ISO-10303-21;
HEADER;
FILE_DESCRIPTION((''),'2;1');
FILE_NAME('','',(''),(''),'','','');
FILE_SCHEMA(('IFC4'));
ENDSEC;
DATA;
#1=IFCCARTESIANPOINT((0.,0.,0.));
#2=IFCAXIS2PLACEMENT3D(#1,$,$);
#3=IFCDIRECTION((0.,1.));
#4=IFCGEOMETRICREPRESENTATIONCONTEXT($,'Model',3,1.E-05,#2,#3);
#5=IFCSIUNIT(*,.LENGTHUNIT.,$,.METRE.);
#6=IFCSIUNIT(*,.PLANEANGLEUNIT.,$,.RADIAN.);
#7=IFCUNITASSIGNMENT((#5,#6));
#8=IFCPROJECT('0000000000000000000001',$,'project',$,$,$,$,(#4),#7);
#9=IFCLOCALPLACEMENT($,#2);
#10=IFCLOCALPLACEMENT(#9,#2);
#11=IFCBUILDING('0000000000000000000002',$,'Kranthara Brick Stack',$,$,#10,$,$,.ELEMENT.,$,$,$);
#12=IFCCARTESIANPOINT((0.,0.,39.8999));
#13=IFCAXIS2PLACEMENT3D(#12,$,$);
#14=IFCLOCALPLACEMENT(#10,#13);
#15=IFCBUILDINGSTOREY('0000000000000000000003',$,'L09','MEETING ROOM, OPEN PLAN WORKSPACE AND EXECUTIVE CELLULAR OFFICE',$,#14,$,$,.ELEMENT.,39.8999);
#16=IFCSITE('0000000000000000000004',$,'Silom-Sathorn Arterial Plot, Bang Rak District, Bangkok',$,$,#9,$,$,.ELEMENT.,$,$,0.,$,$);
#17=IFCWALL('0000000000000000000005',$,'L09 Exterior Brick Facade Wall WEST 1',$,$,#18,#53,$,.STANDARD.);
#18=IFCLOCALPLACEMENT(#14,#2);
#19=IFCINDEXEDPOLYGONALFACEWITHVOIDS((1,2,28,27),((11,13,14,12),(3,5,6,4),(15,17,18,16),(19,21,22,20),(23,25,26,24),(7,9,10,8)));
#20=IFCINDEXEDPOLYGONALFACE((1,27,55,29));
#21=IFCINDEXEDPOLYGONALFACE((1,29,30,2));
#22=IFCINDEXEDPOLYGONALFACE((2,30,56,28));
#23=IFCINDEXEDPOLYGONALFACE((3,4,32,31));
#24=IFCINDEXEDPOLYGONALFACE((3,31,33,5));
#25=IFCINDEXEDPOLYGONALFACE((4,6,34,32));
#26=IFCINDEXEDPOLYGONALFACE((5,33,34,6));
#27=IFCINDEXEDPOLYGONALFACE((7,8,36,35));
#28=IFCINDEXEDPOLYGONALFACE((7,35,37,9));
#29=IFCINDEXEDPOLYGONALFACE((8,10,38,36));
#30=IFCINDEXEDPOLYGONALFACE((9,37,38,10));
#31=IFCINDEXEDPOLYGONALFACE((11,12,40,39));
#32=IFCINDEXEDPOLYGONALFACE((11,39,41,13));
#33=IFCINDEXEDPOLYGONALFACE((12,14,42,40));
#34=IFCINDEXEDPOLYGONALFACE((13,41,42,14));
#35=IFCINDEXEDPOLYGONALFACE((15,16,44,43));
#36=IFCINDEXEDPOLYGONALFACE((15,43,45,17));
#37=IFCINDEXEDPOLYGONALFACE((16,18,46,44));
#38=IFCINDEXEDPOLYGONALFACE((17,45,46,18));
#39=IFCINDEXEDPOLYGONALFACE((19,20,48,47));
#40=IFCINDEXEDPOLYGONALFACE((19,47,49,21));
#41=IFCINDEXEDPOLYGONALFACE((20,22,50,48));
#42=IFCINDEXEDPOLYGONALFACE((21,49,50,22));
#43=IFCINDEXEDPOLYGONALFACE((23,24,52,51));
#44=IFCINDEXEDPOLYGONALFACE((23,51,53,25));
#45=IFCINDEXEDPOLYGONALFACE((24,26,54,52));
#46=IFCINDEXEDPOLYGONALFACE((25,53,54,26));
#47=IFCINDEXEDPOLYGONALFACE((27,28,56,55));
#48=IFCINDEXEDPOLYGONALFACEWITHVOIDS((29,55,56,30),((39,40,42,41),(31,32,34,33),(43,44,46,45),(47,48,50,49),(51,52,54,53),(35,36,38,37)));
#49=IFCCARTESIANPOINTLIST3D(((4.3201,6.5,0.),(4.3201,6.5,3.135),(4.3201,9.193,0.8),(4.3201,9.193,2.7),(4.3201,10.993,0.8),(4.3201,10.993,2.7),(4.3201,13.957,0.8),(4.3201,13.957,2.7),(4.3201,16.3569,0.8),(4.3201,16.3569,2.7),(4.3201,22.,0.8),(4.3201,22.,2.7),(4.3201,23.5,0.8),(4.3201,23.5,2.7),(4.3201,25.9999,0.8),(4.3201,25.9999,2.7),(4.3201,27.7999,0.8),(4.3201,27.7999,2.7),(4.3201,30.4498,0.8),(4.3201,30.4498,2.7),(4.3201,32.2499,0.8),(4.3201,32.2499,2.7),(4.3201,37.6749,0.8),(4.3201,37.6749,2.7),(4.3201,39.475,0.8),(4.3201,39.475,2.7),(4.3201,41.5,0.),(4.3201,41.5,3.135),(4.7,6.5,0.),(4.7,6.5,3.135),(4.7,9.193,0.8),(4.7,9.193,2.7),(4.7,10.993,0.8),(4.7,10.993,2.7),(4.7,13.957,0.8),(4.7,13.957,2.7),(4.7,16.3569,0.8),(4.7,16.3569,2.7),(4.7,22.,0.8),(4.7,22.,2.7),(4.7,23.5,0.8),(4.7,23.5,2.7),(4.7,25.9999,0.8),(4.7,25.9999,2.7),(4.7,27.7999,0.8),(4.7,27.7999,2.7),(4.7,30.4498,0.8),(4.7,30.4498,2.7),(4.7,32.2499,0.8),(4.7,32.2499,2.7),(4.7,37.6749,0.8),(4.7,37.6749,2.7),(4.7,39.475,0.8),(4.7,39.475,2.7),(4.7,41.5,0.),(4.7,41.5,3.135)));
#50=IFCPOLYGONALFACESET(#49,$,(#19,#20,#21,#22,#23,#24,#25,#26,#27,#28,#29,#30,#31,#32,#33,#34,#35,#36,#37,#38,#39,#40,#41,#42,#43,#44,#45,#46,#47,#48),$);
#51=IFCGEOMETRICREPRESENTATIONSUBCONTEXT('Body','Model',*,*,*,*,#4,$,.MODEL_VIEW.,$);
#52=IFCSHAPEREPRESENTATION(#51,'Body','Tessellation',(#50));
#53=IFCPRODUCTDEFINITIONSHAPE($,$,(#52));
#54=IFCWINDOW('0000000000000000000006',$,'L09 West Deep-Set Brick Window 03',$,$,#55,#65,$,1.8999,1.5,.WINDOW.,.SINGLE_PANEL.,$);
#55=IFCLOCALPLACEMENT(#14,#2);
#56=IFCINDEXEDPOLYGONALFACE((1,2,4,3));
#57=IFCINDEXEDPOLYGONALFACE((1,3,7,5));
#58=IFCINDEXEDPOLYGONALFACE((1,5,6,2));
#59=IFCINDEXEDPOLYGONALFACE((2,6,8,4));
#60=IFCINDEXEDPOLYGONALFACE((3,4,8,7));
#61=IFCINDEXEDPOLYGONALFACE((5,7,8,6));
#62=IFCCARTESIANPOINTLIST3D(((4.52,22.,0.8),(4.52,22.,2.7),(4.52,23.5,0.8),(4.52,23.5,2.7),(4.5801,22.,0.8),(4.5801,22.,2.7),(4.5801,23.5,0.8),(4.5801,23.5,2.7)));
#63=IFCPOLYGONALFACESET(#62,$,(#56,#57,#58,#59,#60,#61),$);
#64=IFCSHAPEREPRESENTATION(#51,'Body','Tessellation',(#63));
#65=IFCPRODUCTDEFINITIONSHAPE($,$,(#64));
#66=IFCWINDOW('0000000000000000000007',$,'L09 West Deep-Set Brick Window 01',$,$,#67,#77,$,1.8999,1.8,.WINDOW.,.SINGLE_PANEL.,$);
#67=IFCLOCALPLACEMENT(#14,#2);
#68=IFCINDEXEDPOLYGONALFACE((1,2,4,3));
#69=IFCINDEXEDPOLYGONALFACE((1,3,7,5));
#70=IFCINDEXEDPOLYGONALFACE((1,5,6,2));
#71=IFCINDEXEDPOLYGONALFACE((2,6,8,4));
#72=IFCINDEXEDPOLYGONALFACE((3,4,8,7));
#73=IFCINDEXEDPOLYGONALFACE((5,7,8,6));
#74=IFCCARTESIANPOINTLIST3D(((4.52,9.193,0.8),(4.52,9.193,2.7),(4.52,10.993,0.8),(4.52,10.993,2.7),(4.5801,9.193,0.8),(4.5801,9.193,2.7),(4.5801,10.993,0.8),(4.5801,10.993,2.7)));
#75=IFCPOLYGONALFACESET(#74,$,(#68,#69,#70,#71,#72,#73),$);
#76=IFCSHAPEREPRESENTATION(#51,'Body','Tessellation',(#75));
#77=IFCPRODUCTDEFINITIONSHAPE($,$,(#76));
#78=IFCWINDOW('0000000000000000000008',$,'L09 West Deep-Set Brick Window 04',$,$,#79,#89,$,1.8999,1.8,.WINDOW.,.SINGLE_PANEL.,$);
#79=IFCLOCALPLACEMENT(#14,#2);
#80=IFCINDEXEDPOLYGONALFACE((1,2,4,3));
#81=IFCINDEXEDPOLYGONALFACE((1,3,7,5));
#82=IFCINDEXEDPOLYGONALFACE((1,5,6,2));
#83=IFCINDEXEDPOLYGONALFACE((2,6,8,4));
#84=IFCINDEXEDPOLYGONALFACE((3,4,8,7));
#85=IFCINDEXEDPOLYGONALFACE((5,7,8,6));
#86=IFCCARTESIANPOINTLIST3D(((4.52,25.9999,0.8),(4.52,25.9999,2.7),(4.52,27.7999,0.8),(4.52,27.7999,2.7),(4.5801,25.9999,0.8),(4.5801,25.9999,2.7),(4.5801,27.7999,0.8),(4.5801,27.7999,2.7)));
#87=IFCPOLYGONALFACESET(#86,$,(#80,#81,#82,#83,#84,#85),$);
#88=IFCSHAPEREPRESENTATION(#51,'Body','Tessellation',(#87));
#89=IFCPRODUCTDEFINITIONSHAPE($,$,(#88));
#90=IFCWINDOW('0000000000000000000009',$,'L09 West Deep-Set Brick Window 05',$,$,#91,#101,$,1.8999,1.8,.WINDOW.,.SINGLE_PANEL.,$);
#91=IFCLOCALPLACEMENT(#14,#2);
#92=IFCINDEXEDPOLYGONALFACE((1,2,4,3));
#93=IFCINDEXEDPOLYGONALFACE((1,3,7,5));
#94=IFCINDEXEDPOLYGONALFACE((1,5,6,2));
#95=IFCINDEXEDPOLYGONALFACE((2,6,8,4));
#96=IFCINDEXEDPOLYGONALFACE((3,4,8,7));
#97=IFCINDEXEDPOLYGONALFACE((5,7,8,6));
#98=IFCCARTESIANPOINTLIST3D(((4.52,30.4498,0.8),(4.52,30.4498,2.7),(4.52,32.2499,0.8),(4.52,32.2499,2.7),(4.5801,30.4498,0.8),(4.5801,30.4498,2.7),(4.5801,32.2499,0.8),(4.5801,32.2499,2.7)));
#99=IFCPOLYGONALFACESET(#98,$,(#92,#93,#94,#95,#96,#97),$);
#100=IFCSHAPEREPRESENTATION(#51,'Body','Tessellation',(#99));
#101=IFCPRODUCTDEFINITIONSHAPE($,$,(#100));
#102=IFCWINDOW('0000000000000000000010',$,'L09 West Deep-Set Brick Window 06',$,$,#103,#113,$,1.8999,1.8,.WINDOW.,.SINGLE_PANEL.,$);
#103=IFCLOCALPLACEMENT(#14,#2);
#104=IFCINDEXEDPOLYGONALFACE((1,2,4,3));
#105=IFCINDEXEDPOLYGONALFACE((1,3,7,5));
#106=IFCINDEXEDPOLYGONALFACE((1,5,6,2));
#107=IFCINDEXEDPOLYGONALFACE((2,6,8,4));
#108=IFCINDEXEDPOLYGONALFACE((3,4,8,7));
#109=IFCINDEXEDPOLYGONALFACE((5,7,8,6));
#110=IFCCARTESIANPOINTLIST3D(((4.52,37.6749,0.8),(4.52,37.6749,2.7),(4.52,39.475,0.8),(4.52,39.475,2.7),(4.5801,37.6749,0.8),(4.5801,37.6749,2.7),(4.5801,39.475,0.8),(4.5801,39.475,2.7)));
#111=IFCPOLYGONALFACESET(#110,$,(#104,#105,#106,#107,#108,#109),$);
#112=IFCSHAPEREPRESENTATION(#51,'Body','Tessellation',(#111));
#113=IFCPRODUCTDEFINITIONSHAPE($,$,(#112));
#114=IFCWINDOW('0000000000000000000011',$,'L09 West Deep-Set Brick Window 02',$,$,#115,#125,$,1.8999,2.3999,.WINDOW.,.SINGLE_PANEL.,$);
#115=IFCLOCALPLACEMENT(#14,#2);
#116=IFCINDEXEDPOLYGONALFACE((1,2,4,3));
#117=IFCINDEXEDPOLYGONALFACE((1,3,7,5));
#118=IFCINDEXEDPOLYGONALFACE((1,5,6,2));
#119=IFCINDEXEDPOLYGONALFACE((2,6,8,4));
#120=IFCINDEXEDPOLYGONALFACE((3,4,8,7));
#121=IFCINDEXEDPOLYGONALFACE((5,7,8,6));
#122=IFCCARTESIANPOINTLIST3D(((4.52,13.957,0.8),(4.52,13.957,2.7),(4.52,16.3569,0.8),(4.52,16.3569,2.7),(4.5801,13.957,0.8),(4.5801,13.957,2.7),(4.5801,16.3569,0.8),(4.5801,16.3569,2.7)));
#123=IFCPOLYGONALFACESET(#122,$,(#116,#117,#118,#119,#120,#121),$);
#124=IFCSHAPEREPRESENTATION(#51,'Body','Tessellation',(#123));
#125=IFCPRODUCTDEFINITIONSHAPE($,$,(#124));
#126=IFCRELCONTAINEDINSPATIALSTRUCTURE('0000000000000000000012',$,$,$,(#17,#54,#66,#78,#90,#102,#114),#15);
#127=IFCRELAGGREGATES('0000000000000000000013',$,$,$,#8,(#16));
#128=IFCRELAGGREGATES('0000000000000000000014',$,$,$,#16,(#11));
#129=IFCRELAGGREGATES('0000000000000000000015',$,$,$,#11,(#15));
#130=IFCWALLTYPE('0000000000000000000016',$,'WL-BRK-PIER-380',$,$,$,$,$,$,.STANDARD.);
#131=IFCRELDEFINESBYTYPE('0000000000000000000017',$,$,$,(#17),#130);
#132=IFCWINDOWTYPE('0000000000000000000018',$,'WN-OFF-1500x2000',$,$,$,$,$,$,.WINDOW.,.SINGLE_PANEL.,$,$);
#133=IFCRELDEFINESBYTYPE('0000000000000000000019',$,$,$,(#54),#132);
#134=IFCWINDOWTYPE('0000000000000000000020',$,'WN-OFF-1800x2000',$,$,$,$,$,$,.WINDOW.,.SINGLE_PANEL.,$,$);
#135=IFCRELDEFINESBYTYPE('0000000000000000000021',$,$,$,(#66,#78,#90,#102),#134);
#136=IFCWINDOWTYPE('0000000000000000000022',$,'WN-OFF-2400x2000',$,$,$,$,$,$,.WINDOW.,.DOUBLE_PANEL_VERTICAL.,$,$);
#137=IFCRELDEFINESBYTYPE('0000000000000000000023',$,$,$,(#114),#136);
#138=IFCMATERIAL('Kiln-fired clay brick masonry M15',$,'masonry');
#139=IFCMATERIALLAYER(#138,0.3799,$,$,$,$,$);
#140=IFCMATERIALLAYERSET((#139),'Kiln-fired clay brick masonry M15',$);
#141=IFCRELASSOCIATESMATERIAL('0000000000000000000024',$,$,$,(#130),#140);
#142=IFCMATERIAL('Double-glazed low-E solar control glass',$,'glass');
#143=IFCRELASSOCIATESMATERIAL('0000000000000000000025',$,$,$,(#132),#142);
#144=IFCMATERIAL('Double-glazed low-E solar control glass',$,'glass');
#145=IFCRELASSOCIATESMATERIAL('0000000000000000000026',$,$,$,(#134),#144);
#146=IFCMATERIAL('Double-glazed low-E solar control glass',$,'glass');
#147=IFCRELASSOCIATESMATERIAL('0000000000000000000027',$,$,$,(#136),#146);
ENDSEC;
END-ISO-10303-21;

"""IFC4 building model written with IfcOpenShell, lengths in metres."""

from ifc_helpers import new_model, si_unit, direction, frame, frame_2d, origin, place, context, subcontext, project, spatial, rectangle, extrude, material, layer, layer_set, type_object, element, fill, save


model = new_model("IFC4")

# Units and contexts
model_context = context("Model", 3, precision=1e-05, world=origin(), true_north=direction((0.0, 1.0)))
body_context = subcontext(model_context, "Body", "Model", "MODEL_VIEW")
ifc_project = project(units=[si_unit("LENGTHUNIT", "METRE"), si_unit("PLANEANGLEUNIT", "RADIAN")], contexts=[model_context])

# Site, building, storey
site_placement = place(None, origin())
site = spatial("IfcSite", under=ifc_project, at=site_placement, Name="Silom-Sathorn Arterial Plot, Bang Rak District, Bangkok", CompositionType="ELEMENT", RefElevation=0.0)
building_placement = place(site_placement, origin())
building = spatial("IfcBuilding", under=site, at=building_placement, Name="Kranthara Brick Stack", CompositionType="ELEMENT")
storey_placement = place(building_placement, frame((0.0, 0.0, 39.8999)))
storey = spatial("IfcBuildingStorey", under=building, at=storey_placement, Name="L09", Description="MEETING ROOM, OPEN PLAN WORKSPACE AND EXECUTIVE CELLULAR OFFICE", CompositionType="ELEMENT", Elevation=39.8999)

# Wall, openings, windows
ifc_material_1 = material(Name="Kiln-fired clay brick masonry M15", Category="masonry")
ifc_layer_1 = layer(ifc_material_1, 0.3799)
ifc_layer_set_1 = layer_set([ifc_layer_1], Name="Kiln-fired clay brick masonry M15")
wall_type_1 = type_object("IfcWallType", Name="WL-BRK-PIER-380", PredefinedType="STANDARD", material=ifc_layer_set_1)
wall_1_placement = place(storey_placement, frame((4.51, 6.5, 0.0), z_axis=(0.0, 0.0, 1.0), x_axis=(0.0, 1.0, 0.0)))
wall_1 = element("IfcWall", 1, at=wall_1_placement, inside=storey, type_object=wall_type_1, Name="L09 Exterior Brick Facade Wall WEST 1", PredefinedType="STANDARD", context=body_context, shape_type="SweptSolid", body=[
    extrude(rectangle(XDim=35.0, YDim=0.3799, at=frame_2d((17.5, 0.0))), origin(), (0.0, 0.0, 1.0), 3.135),
])
opening_1_placement = place(wall_1_placement, frame((2.6931, 0.0, 0.8)))
opening_1 = element("IfcOpeningElement", 2, at=opening_1_placement, cuts=wall_1, PredefinedType="OPENING", context=body_context, shape_type="SweptSolid", body=[
    extrude(rectangle(XDim=1.8, YDim=1.8999, at=frame_2d((0.8999, 0.95))), frame((0.0, 0.2, 0.0), z_axis=(0.0, -1.0, 0.0), x_axis=(1.0, 0.0, 0.0)), (0.0, 0.0, 1.0), 0.3999),
])
opening_2_placement = place(wall_1_placement, frame((7.457, 0.0, 0.8)))
opening_2 = element("IfcOpeningElement", 3, at=opening_2_placement, cuts=wall_1, PredefinedType="OPENING", context=body_context, shape_type="SweptSolid", body=[
    extrude(rectangle(XDim=2.3999, YDim=1.8999, at=frame_2d((1.2, 0.95))), frame((0.0, 0.2, 0.0), z_axis=(0.0, -1.0, 0.0), x_axis=(1.0, 0.0, 0.0)), (0.0, 0.0, 1.0), 0.3999),
])
opening_3_placement = place(wall_1_placement, frame((15.5, 0.0, 0.8)))
opening_3 = element("IfcOpeningElement", 4, at=opening_3_placement, cuts=wall_1, PredefinedType="OPENING", context=body_context, shape_type="SweptSolid", body=[
    extrude(rectangle(XDim=1.5, YDim=1.8999, at=frame_2d((0.75, 0.95))), frame((0.0, 0.2, 0.0), z_axis=(0.0, -1.0, 0.0), x_axis=(1.0, 0.0, 0.0)), (0.0, 0.0, 1.0), 0.3999),
])
opening_4_placement = place(wall_1_placement, frame((19.5, 0.0, 0.8)))
opening_4 = element("IfcOpeningElement", 5, at=opening_4_placement, cuts=wall_1, PredefinedType="OPENING", context=body_context, shape_type="SweptSolid", body=[
    extrude(rectangle(XDim=1.8, YDim=1.8999, at=frame_2d((0.8999, 0.95))), frame((0.0, 0.2, 0.0), z_axis=(0.0, -1.0, 0.0), x_axis=(1.0, 0.0, 0.0)), (0.0, 0.0, 1.0), 0.3999),
])
opening_5_placement = place(wall_1_placement, frame((23.95, 0.0, 0.8)))
opening_5 = element("IfcOpeningElement", 6, at=opening_5_placement, cuts=wall_1, PredefinedType="OPENING", context=body_context, shape_type="SweptSolid", body=[
    extrude(rectangle(XDim=1.8, YDim=1.8999, at=frame_2d((0.8999, 0.95))), frame((0.0, 0.2, 0.0), z_axis=(0.0, -1.0, 0.0), x_axis=(1.0, 0.0, 0.0)), (0.0, 0.0, 1.0), 0.3999),
])
opening_6_placement = place(wall_1_placement, frame((31.175, 0.0, 0.8)))
opening_6 = element("IfcOpeningElement", 7, at=opening_6_placement, cuts=wall_1, PredefinedType="OPENING", context=body_context, shape_type="SweptSolid", body=[
    extrude(rectangle(XDim=1.8, YDim=1.8999, at=frame_2d((0.8999, 0.95))), frame((0.0, 0.2, 0.0), z_axis=(0.0, -1.0, 0.0), x_axis=(1.0, 0.0, 0.0)), (0.0, 0.0, 1.0), 0.3999),
])
ifc_material_2 = material(Name="Double-glazed low-E solar control glass", Category="glass")
window_type_1 = type_object("IfcWindowType", Name="WN-OFF-1500x2000", PartitioningType="SINGLE_PANEL", PredefinedType="WINDOW", material=ifc_material_2)
window_1_placement = place(opening_3_placement, origin())
window_1 = element("IfcWindow", 8, at=window_1_placement, inside=storey, type_object=window_type_1, Name="L09 West Deep-Set Brick Window 03", OverallHeight=1.8999, OverallWidth=1.5, PartitioningType="SINGLE_PANEL", PredefinedType="WINDOW", context=body_context, shape_type="SweptSolid", body=[
    extrude(rectangle(XDim=1.5, YDim=1.8999, at=frame_2d((0.75, 0.95))), frame((0.0, -0.01, 0.0), z_axis=(0.0, -1.0, 0.0), x_axis=(1.0, 0.0, 0.0)), (0.0, 0.0, 1.0), 0.0601),
])
fill(opening_3, window_1)
ifc_material_3 = material(Name="Double-glazed low-E solar control glass", Category="glass")
window_type_2 = type_object("IfcWindowType", Name="WN-OFF-1800x2000", PartitioningType="SINGLE_PANEL", PredefinedType="WINDOW", material=ifc_material_3)
window_2_placement = place(opening_1_placement, origin())
window_2 = element("IfcWindow", 9, at=window_2_placement, inside=storey, type_object=window_type_2, Name="L09 West Deep-Set Brick Window 01", OverallHeight=1.8999, OverallWidth=1.8, PartitioningType="SINGLE_PANEL", PredefinedType="WINDOW", context=body_context, shape_type="SweptSolid", body=[
    extrude(rectangle(XDim=1.8, YDim=1.8999, at=frame_2d((0.8999, 0.95))), frame((0.0, -0.01, 0.0), z_axis=(0.0, -1.0, 0.0), x_axis=(1.0, 0.0, 0.0)), (0.0, 0.0, 1.0), 0.0601),
])
fill(opening_1, window_2)
window_3_placement = place(opening_4_placement, origin())
window_3 = element("IfcWindow", 10, at=window_3_placement, inside=storey, type_object=window_type_2, Name="L09 West Deep-Set Brick Window 04", OverallHeight=1.8999, OverallWidth=1.8, PartitioningType="SINGLE_PANEL", PredefinedType="WINDOW", context=body_context, shape_type="SweptSolid", body=[
    extrude(rectangle(XDim=1.8, YDim=1.8999, at=frame_2d((0.8999, 0.95))), frame((0.0, -0.01, 0.0), z_axis=(0.0, -1.0, 0.0), x_axis=(1.0, 0.0, 0.0)), (0.0, 0.0, 1.0), 0.0601),
])
fill(opening_4, window_3)
window_4_placement = place(opening_5_placement, origin())
window_4 = element("IfcWindow", 11, at=window_4_placement, inside=storey, type_object=window_type_2, Name="L09 West Deep-Set Brick Window 05", OverallHeight=1.8999, OverallWidth=1.8, PartitioningType="SINGLE_PANEL", PredefinedType="WINDOW", context=body_context, shape_type="SweptSolid", body=[
    extrude(rectangle(XDim=1.8, YDim=1.8999, at=frame_2d((0.8999, 0.95))), frame((0.0, -0.01, 0.0), z_axis=(0.0, -1.0, 0.0), x_axis=(1.0, 0.0, 0.0)), (0.0, 0.0, 1.0), 0.0601),
])
fill(opening_5, window_4)
window_5_placement = place(opening_6_placement, origin())
window_5 = element("IfcWindow", 12, at=window_5_placement, inside=storey, type_object=window_type_2, Name="L09 West Deep-Set Brick Window 06", OverallHeight=1.8999, OverallWidth=1.8, PartitioningType="SINGLE_PANEL", PredefinedType="WINDOW", context=body_context, shape_type="SweptSolid", body=[
    extrude(rectangle(XDim=1.8, YDim=1.8999, at=frame_2d((0.8999, 0.95))), frame((0.0, -0.01, 0.0), z_axis=(0.0, -1.0, 0.0), x_axis=(1.0, 0.0, 0.0)), (0.0, 0.0, 1.0), 0.0601),
])
fill(opening_6, window_5)
ifc_material_4 = material(Name="Double-glazed low-E solar control glass", Category="glass")
window_type_3 = type_object("IfcWindowType", Name="WN-OFF-2400x2000", PartitioningType="DOUBLE_PANEL_VERTICAL", PredefinedType="WINDOW", material=ifc_material_4)
window_6_placement = place(opening_2_placement, origin())
window_6 = element("IfcWindow", 13, at=window_6_placement, inside=storey, type_object=window_type_3, Name="L09 West Deep-Set Brick Window 02", OverallHeight=1.8999, OverallWidth=2.3999, PartitioningType="SINGLE_PANEL", PredefinedType="WINDOW", context=body_context, shape_type="SweptSolid", body=[
    extrude(rectangle(XDim=2.3999, YDim=1.8999, at=frame_2d((1.2, 0.95))), frame((0.0, -0.01, 0.0), z_axis=(0.0, -1.0, 0.0), x_axis=(1.0, 0.0, 0.0)), (0.0, 0.0, 1.0), 0.0601),
])
fill(opening_2, window_6)

save(model, "model.ifc")
